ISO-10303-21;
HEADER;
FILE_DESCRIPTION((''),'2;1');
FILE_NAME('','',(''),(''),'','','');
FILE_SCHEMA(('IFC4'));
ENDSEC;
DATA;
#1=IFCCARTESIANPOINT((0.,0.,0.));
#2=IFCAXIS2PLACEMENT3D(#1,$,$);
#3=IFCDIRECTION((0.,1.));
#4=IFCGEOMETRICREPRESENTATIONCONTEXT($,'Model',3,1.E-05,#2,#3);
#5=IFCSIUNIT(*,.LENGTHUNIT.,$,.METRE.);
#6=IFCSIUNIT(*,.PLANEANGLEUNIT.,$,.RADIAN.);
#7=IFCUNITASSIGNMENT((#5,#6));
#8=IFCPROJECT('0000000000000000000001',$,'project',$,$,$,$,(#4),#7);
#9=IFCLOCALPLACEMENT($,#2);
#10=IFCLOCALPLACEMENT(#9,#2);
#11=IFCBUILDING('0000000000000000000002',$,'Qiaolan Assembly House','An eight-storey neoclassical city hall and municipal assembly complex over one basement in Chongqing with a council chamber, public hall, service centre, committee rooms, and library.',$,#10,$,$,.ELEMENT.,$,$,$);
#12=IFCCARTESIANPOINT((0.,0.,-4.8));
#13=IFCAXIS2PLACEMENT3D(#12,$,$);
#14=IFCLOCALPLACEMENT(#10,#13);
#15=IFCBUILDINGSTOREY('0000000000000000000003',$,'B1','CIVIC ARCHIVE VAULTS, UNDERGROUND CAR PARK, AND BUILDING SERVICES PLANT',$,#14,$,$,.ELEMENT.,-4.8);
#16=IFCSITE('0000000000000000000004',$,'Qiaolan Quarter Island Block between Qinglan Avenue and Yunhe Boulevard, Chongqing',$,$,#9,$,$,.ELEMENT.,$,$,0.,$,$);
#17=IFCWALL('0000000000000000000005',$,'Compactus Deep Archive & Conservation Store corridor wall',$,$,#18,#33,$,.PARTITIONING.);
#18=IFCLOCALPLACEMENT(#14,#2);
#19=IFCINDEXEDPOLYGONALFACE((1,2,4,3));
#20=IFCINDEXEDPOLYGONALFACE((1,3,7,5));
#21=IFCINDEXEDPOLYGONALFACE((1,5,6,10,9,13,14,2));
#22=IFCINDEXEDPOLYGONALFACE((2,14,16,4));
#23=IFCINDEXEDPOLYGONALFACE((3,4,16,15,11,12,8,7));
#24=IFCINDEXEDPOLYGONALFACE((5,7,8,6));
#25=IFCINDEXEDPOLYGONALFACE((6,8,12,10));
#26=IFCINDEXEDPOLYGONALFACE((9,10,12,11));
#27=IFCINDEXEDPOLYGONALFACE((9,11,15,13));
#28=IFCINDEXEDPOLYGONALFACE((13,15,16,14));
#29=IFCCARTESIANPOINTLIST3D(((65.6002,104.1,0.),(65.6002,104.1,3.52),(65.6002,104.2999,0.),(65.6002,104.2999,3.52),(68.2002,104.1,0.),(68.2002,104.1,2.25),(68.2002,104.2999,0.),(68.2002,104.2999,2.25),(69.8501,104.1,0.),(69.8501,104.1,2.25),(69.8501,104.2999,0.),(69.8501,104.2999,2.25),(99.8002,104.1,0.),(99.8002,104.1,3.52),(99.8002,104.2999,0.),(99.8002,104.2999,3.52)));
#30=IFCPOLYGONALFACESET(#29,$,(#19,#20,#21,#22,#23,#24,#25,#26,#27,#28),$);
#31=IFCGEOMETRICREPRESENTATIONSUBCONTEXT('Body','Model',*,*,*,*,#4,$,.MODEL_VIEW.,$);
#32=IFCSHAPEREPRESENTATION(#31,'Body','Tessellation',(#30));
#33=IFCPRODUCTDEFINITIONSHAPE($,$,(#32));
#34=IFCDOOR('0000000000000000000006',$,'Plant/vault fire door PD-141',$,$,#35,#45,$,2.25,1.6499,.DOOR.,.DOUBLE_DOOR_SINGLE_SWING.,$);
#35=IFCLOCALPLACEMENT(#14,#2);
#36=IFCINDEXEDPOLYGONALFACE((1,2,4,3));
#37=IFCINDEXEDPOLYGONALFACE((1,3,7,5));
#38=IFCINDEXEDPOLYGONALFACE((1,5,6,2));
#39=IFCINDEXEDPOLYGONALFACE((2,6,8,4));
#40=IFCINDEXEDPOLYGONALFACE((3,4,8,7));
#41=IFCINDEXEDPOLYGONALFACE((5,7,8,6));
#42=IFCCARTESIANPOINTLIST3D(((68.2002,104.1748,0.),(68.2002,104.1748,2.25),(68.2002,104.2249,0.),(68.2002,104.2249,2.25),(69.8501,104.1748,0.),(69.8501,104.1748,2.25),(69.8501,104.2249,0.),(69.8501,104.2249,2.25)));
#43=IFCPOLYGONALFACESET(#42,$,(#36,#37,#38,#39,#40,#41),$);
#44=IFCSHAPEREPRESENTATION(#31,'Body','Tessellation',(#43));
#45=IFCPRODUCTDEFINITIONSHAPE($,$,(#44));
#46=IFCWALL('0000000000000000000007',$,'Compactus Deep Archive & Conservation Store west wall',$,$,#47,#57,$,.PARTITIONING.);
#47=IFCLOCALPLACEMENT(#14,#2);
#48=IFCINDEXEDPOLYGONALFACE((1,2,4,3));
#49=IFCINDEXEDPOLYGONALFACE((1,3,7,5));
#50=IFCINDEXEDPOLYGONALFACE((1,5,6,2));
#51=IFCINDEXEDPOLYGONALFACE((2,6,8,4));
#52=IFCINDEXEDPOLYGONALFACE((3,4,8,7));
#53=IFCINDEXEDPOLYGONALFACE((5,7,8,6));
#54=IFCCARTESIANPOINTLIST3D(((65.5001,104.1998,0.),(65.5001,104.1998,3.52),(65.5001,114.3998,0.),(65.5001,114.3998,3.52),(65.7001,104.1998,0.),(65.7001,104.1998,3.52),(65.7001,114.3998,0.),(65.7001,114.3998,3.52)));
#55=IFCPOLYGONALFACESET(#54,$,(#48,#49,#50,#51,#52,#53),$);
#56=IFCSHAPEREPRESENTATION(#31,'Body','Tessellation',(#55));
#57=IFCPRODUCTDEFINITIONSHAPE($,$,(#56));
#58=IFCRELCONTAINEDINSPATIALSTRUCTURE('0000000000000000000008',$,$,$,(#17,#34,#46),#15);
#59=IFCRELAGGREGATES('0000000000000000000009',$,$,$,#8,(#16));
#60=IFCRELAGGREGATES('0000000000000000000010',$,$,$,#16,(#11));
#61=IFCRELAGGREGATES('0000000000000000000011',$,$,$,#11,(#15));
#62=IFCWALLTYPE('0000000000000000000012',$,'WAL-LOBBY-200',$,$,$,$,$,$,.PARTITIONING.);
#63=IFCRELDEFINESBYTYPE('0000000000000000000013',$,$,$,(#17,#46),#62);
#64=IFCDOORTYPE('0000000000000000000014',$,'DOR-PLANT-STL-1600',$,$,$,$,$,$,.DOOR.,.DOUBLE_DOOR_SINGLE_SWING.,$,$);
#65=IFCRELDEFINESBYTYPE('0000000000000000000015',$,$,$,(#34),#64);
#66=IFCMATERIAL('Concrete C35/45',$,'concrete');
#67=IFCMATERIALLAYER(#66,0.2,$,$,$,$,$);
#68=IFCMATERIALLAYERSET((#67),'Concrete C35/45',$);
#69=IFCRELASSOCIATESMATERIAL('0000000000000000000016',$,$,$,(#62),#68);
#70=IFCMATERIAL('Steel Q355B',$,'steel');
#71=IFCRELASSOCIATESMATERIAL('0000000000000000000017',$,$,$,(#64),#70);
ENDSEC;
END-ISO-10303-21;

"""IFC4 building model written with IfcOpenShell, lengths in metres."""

from ifc_helpers import new_model, si_unit, direction, frame, frame_2d, origin, place, context, subcontext, project, spatial, rectangle, extrude, material, layer, layer_set, type_object, element, fill, save


model = new_model("IFC4")

# Units and contexts
model_context = context("Model", 3, precision=1e-05, world=origin(), true_north=direction((0.0, 1.0)))
body_context = subcontext(model_context, "Body", "Model", "MODEL_VIEW")
ifc_project = project(units=[si_unit("LENGTHUNIT", "METRE"), si_unit("PLANEANGLEUNIT", "RADIAN")], contexts=[model_context])

# Site, building, storey
site_placement = place(None, origin())
site = spatial("IfcSite", under=ifc_project, at=site_placement, Name="Qiaolan Quarter Island Block between Qinglan Avenue and Yunhe Boulevard, Chongqing", CompositionType="ELEMENT", RefElevation=0.0)
building_placement = place(site_placement, origin())
building = spatial("IfcBuilding", under=site, at=building_placement, Name="Qiaolan Assembly House", Description="An eight-storey neoclassical city hall and municipal assembly complex over one basement in Chongqing with a council chamber, public hall, service centre, committee rooms, and library.", CompositionType="ELEMENT")
storey_placement = place(building_placement, frame((0.0, 0.0, -4.8)))
storey = spatial("IfcBuildingStorey", under=building, at=storey_placement, Name="B1", Description="CIVIC ARCHIVE VAULTS, UNDERGROUND CAR PARK, AND BUILDING SERVICES PLANT", CompositionType="ELEMENT", Elevation=-4.8)

# Wall, opening, door
ifc_material_1 = material(Name="Steel Q355B", Category="steel")
ifc_material_2 = material(Name="Concrete C35/45", Category="concrete")
ifc_layer_1 = layer(ifc_material_2, 0.2)
ifc_layer_set_1 = layer_set([ifc_layer_1], Name="Concrete C35/45")
wall_type_1 = type_object("IfcWallType", Name="WAL-LOBBY-200", PredefinedType="PARTITIONING", material=ifc_layer_set_1)
wall_1_placement = place(storey_placement, frame((65.6001, 104.2, 0.0), z_axis=(0.0, 0.0, 1.0), x_axis=(1.0, 0.0, 0.0)))
wall_1 = element("IfcWall", 1, at=wall_1_placement, inside=storey, type_object=wall_type_1, Name="Compactus Deep Archive & Conservation Store corridor wall", PredefinedType="PARTITIONING", context=body_context, shape_type="SweptSolid", body=[
    extrude(rectangle(XDim=34.2, YDim=0.2, at=frame_2d((17.1001, 0.0))), origin(), (0.0, 0.0, 1.0), 3.52),
])
opening_1_placement = place(wall_1_placement, frame((2.6001, 0.0, 0.0)))
opening_1 = element("IfcOpeningElement", 2, at=opening_1_placement, cuts=wall_1, PredefinedType="OPENING", context=body_context, shape_type="SweptSolid", body=[
    extrude(rectangle(XDim=1.6499, YDim=2.25, at=frame_2d((0.825, 1.125))), frame((0.0, 0.1099, 0.0), z_axis=(0.0, -1.0, 0.0), x_axis=(1.0, 0.0, 0.0)), (0.0, 0.0, 1.0), 0.22),
])
door_type_1 = type_object("IfcDoorType", Name="DOR-PLANT-STL-1600", OperationType="DOUBLE_DOOR_SINGLE_SWING", PredefinedType="DOOR", material=ifc_material_1)
door_1_placement = place(opening_1_placement, origin())
door_1 = element("IfcDoor", 3, at=door_1_placement, inside=storey, type_object=door_type_1, Name="Plant/vault fire door PD-141", OperationType="DOUBLE_DOOR_SINGLE_SWING", OverallHeight=2.25, OverallWidth=1.6499, PredefinedType="DOOR", context=body_context, shape_type="SweptSolid", body=[
    extrude(rectangle(XDim=1.6499, YDim=2.25, at=frame_2d((0.825, 1.125))), frame((0.0, 0.0249, 0.0), z_axis=(0.0, -1.0, 0.0), x_axis=(1.0, 0.0, 0.0)), (0.0, 0.0, 1.0), 0.05),
])
fill(opening_1, door_1)

# Wall
wall_2_placement = place(storey_placement, frame((65.6001, 114.3999, 0.0), z_axis=(0.0, 0.0, 1.0), x_axis=(0.0, -1.0, 0.0)))
element("IfcWall", 4, at=wall_2_placement, inside=storey, type_object=wall_type_1, Name="Compactus Deep Archive & Conservation Store west wall", PredefinedType="PARTITIONING", context=body_context, shape_type="SweptSolid", body=[
    extrude(rectangle(XDim=10.2, YDim=0.2, at=frame_2d((5.1001, 0.0))), origin(), (0.0, 0.0, 1.0), 3.52),
])

save(model, "model.ifc")
